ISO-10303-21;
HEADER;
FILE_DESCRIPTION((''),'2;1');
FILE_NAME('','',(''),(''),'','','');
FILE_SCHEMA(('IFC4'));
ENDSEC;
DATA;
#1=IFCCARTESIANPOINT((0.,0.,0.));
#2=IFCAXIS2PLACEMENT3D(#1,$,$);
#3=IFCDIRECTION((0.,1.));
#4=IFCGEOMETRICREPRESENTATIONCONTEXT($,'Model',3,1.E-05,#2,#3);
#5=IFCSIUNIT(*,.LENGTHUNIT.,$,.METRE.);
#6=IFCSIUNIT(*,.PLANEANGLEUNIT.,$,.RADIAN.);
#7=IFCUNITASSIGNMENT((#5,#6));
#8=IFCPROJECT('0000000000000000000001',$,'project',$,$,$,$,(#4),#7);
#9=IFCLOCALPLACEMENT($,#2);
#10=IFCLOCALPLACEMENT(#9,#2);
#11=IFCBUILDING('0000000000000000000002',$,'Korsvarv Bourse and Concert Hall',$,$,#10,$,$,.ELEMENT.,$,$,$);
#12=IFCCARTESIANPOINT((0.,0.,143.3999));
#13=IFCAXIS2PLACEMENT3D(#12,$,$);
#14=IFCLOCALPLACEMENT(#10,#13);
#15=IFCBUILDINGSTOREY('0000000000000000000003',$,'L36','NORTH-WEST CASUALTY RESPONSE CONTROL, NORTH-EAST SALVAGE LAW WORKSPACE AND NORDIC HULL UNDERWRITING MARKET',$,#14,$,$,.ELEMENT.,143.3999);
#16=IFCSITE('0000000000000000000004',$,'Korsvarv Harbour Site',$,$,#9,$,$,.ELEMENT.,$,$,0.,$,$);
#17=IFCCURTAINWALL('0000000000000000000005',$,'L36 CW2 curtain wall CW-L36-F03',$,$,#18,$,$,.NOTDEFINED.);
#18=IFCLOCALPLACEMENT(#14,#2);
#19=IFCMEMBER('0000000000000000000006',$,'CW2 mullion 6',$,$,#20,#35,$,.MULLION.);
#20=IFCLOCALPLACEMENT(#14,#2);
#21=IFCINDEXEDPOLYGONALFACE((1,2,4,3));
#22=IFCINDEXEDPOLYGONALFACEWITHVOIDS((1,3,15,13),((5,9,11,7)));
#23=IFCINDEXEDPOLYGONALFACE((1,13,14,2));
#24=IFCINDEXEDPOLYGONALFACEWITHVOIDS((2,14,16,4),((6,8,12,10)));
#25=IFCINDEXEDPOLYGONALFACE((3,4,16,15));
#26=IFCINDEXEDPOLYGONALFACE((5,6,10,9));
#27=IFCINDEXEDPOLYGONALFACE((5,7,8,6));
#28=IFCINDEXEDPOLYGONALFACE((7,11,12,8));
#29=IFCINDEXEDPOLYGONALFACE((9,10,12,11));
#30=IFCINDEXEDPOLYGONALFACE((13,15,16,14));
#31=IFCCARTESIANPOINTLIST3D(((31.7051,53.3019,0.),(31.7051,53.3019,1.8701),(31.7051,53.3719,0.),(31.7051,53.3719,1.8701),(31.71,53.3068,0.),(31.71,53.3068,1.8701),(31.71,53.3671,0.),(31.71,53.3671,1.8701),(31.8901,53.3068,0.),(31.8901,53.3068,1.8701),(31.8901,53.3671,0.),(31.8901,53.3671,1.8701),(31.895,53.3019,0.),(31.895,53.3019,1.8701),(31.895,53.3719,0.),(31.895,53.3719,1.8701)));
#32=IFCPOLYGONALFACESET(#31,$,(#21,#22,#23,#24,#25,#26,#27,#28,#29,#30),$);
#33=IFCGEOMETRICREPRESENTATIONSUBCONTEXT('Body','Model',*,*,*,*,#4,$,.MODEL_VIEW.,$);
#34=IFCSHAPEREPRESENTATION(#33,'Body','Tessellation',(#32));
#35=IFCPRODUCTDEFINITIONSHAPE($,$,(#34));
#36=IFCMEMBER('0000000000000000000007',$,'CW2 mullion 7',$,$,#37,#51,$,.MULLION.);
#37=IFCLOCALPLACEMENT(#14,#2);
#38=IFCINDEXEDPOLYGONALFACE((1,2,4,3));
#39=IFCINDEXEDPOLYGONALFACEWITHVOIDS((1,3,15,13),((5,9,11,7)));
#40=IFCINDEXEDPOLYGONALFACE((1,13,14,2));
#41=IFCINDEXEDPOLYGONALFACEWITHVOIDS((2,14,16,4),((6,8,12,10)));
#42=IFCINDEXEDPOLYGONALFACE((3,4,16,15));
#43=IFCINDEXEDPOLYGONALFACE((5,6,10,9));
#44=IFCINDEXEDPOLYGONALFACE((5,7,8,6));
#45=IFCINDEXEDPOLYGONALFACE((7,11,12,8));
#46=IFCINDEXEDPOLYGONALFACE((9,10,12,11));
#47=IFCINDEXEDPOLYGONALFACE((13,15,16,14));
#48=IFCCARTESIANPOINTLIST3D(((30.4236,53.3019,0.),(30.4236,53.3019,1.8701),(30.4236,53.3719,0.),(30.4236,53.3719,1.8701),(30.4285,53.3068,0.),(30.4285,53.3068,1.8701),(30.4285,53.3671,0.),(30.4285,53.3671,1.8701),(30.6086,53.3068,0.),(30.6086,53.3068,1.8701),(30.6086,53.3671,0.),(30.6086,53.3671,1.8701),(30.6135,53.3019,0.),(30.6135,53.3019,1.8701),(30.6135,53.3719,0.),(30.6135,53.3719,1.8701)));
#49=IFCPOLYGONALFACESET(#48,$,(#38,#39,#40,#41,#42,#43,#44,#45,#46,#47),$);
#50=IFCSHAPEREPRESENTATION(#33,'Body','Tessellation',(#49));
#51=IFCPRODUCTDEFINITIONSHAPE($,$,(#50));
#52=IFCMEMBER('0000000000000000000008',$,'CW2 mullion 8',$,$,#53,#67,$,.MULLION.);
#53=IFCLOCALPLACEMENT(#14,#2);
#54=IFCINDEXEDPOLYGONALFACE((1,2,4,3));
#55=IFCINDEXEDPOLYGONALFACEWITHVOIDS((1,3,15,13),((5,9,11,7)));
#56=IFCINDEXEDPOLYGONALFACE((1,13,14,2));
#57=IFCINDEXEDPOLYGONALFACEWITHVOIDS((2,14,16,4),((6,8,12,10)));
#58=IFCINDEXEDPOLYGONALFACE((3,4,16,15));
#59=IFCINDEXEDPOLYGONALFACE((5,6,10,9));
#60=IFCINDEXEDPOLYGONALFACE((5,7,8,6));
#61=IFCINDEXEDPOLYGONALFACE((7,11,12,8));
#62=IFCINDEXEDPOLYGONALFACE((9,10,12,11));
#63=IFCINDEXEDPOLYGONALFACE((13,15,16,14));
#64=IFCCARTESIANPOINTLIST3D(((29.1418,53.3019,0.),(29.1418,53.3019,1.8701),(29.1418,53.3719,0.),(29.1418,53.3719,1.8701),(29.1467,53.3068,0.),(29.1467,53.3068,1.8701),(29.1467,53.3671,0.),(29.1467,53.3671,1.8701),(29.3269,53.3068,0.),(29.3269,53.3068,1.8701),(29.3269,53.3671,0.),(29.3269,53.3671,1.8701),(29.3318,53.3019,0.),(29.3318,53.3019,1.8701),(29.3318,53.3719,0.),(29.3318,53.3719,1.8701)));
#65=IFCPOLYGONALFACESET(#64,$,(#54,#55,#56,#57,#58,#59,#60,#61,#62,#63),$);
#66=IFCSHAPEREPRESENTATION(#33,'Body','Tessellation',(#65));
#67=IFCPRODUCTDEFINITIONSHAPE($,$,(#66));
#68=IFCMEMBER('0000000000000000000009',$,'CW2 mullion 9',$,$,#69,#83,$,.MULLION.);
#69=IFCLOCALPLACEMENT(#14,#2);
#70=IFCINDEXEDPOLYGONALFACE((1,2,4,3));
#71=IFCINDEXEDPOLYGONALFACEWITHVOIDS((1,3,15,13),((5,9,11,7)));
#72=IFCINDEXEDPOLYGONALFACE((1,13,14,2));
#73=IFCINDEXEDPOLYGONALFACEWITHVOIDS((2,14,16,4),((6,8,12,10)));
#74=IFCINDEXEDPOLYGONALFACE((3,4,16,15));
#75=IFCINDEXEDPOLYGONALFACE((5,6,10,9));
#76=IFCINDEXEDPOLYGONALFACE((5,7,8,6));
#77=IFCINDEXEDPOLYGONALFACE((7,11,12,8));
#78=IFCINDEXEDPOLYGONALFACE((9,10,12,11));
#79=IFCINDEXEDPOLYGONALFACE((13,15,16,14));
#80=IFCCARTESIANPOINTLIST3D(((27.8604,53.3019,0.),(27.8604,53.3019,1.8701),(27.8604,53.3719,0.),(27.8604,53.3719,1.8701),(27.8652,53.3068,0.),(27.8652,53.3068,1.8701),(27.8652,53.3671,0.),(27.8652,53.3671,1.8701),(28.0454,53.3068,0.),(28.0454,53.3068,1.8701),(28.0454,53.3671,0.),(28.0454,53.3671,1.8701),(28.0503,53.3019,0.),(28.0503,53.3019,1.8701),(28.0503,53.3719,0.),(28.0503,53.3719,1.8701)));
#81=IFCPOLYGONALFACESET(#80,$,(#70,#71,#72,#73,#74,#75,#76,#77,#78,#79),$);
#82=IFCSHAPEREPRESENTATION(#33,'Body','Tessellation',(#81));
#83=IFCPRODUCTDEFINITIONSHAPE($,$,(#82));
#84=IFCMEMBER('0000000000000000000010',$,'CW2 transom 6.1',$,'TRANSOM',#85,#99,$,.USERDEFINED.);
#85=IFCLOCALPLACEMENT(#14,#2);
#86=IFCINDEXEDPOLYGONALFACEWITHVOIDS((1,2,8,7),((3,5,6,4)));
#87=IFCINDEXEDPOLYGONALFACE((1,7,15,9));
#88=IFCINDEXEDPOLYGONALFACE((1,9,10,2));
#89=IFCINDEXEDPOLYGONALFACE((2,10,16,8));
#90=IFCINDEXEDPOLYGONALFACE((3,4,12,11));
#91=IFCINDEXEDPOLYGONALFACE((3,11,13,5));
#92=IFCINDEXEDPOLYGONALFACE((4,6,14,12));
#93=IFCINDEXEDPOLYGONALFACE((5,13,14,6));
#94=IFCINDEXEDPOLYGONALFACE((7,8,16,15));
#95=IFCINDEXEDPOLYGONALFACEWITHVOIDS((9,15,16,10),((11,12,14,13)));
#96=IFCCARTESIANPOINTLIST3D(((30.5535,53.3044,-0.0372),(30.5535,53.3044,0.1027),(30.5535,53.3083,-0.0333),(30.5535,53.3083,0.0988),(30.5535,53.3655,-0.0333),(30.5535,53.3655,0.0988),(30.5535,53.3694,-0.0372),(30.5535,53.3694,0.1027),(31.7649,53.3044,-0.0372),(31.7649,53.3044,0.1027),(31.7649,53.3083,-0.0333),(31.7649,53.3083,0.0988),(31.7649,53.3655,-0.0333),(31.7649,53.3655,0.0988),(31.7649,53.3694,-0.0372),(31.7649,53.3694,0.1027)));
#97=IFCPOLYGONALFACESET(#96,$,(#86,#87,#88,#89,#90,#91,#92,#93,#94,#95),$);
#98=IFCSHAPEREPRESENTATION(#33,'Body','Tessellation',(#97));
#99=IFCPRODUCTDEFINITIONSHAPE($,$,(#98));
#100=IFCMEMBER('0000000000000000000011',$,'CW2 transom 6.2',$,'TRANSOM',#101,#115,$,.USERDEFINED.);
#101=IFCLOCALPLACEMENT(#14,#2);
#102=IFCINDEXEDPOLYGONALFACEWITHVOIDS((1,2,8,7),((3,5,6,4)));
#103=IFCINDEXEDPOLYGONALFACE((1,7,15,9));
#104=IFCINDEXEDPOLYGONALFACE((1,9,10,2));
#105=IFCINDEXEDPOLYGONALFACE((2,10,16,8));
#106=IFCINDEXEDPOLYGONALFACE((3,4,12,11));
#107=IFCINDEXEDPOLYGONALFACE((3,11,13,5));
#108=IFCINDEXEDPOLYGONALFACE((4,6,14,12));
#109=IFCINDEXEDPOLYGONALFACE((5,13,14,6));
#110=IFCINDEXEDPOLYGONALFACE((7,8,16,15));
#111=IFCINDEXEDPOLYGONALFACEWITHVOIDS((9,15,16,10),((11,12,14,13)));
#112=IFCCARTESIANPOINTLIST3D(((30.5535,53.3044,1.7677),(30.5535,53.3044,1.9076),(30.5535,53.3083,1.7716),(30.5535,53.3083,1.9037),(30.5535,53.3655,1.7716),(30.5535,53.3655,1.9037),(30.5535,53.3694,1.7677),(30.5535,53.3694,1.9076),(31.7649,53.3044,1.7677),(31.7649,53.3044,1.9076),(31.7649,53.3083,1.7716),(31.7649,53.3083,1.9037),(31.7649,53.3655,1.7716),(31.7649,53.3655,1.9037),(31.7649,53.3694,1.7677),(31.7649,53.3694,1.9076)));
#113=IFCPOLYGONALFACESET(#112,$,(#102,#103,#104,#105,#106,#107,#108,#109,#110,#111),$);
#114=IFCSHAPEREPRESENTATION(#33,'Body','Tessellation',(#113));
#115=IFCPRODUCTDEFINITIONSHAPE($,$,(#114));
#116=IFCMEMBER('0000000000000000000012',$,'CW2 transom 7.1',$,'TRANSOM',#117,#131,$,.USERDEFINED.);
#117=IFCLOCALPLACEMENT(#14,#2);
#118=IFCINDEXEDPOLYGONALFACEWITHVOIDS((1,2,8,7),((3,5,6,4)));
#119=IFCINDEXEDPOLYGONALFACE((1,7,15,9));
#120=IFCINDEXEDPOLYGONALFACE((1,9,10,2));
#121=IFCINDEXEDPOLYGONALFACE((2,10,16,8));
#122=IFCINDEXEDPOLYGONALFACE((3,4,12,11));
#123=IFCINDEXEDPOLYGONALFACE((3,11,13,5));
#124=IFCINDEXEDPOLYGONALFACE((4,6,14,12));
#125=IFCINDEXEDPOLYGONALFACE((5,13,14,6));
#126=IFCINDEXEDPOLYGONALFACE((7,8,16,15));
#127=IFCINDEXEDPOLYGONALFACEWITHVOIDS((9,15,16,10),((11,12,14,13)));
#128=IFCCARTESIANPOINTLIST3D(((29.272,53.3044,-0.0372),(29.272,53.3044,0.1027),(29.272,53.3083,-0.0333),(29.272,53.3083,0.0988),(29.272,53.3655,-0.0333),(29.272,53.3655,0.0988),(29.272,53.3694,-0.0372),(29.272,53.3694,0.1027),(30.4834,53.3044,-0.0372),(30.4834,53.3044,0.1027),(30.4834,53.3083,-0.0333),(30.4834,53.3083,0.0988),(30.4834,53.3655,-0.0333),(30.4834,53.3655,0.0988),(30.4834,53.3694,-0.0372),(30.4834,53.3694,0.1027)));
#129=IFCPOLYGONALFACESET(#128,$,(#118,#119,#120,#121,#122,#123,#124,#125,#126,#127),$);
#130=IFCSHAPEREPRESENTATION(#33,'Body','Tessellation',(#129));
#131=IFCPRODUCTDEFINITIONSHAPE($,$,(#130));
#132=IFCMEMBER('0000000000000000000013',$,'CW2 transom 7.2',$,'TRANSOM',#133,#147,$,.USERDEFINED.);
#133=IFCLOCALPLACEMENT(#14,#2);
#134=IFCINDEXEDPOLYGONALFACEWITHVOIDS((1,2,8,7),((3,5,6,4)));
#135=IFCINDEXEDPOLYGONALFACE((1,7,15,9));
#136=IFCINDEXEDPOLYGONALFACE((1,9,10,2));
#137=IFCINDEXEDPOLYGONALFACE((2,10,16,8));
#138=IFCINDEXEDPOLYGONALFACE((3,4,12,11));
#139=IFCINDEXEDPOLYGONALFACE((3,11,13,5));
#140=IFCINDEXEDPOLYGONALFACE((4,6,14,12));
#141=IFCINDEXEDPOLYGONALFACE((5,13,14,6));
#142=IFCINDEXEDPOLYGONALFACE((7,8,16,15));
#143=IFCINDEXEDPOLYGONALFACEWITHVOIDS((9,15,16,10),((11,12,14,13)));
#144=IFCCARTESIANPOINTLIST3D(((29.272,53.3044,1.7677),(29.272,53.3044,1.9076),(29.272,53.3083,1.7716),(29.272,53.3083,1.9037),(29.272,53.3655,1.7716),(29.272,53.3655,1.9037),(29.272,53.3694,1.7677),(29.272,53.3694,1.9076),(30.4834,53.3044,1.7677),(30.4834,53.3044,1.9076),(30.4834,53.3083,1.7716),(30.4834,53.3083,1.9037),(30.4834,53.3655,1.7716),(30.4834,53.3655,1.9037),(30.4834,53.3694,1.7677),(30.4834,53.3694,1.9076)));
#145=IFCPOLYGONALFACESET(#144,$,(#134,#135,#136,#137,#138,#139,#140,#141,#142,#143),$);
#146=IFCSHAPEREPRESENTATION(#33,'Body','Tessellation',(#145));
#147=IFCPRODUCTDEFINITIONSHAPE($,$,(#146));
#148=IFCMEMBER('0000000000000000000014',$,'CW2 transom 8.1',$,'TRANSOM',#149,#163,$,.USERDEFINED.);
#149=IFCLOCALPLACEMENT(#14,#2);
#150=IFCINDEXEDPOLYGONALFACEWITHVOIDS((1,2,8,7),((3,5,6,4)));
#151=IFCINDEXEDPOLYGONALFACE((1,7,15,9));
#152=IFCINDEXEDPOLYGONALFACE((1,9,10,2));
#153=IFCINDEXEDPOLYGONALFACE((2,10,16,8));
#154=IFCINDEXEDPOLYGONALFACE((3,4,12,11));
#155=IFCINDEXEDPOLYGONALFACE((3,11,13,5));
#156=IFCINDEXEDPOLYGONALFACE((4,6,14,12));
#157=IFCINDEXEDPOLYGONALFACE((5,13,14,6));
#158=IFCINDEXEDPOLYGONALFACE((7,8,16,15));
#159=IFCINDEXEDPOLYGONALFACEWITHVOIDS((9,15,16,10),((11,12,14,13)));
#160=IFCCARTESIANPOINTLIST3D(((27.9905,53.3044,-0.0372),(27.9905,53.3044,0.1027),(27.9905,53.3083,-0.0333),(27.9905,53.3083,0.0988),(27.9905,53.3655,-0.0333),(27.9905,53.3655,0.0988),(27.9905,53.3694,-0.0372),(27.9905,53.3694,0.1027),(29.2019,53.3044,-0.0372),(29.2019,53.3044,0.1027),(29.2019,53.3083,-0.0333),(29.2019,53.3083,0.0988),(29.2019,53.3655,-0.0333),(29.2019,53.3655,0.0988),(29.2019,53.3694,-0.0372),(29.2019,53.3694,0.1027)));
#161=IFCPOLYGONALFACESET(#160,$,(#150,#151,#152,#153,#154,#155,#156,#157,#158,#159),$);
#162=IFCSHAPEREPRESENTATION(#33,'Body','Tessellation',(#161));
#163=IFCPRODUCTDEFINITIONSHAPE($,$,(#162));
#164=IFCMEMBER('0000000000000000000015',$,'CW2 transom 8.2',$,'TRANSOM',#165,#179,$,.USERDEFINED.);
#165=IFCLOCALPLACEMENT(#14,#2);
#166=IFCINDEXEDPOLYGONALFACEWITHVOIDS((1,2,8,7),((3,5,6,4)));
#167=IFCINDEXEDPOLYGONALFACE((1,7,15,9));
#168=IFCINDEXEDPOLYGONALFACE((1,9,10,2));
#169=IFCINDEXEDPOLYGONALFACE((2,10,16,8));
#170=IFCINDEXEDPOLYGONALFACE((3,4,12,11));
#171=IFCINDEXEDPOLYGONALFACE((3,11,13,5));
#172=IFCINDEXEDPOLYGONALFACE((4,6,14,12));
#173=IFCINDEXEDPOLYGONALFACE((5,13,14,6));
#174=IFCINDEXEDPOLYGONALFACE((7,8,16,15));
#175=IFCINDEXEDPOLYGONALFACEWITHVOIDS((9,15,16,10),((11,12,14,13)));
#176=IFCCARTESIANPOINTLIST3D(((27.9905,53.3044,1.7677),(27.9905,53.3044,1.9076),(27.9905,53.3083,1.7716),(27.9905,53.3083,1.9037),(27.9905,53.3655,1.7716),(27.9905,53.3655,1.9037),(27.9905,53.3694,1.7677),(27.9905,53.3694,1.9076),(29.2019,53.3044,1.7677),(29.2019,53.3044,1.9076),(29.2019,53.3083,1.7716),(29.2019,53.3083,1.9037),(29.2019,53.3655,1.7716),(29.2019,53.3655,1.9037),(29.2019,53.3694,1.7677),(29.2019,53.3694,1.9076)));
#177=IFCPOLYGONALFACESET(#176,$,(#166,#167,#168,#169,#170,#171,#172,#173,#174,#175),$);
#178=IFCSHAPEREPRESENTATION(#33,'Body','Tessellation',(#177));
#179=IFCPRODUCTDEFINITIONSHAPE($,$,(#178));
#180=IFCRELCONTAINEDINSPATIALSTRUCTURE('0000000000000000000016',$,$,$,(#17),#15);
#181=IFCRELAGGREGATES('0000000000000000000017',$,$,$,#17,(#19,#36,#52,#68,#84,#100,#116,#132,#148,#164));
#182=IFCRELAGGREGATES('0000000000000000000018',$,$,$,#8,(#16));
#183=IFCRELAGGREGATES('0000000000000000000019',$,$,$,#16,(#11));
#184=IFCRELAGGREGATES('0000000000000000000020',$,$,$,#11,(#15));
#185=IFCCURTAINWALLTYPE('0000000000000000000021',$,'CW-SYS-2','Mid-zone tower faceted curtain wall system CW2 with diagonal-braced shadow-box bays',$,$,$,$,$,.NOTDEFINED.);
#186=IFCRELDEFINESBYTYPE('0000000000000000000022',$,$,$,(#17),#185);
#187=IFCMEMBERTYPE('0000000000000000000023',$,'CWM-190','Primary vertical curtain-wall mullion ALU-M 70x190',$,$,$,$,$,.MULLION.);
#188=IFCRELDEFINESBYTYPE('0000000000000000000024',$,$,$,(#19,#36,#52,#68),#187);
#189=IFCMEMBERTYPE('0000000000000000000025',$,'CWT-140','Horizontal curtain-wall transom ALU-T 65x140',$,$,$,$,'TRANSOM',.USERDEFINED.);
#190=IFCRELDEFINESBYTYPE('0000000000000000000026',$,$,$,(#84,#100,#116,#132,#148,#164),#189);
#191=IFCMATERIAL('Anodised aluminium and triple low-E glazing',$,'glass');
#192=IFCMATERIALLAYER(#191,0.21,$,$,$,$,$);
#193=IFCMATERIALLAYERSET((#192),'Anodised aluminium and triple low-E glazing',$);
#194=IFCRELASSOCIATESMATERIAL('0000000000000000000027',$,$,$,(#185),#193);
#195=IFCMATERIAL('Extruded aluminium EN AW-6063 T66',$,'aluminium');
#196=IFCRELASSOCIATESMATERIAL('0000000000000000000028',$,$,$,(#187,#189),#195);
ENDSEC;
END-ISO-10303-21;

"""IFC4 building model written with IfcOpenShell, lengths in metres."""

from ifc_helpers import new_model, si_unit, direction, frame, origin, origin_2d, place, context, subcontext, project, spatial, hollow_rectangle, extrude, source, transform, mapped, material, layer, layer_set, material_profile, profile_set, type_object, element, aggregate, save


model = new_model("IFC4")

# Units and contexts
model_context = context("Model", 3, precision=1e-05, world=origin(), true_north=direction((0.0, 1.0)))
body_context = subcontext(model_context, "Body", "Model", "MODEL_VIEW")
ifc_project = project(units=[si_unit("LENGTHUNIT", "METRE"), si_unit("PLANEANGLEUNIT", "RADIAN")], contexts=[model_context])

# Site, building, storey
site_placement = place(None, origin())
site = spatial("IfcSite", under=ifc_project, at=site_placement, Name="Korsvarv Harbour Site", CompositionType="ELEMENT", RefElevation=0.0)
building_placement = place(site_placement, origin())
building = spatial("IfcBuilding", under=site, at=building_placement, Name="Korsvarv Bourse and Concert Hall", CompositionType="ELEMENT")
storey_placement = place(building_placement, frame((0.0, 0.0, 143.3999)))
storey = spatial("IfcBuildingStorey", under=building, at=storey_placement, Name="L36", Description="NORTH-WEST CASUALTY RESPONSE CONTROL, NORTH-EAST SALVAGE LAW WORKSPACE AND NORDIC HULL UNDERWRITING MARKET", CompositionType="ELEMENT", Elevation=143.3999)

# Curtain wall, members
ifc_material_1 = material(Name="Anodised aluminium and triple low-E glazing", Category="glass")
ifc_layer_1 = layer(ifc_material_1, 0.21)
ifc_layer_set_1 = layer_set([ifc_layer_1], Name="Anodised aluminium and triple low-E glazing")
curtain_wall_type = type_object("IfcCurtainWallType", Name="CW-SYS-2", Description="Mid-zone tower faceted curtain wall system CW2 with diagonal-braced shadow-box bays", PredefinedType="NOTDEFINED", material=ifc_layer_set_1)
curtain_wall_placement = place(storey_placement, origin())
curtain_wall = element("IfcCurtainWall", 1, at=curtain_wall_placement, inside=storey, type_object=curtain_wall_type, Name="L36 CW2 curtain wall CW-L36-F03", PredefinedType="NOTDEFINED")
ifc_material_2 = material(Name="Extruded aluminium EN AW-6063 T66", Category="aluminium")
ifc_material_profile_1 = material_profile(ifc_material_2, hollow_rectangle(XDim=0.0701, YDim=0.1899, WallThickness=0.0049, at=origin_2d()), Name="ALU-M 70x190")
ifc_profile_set_1 = profile_set([ifc_material_profile_1], Name="Extruded aluminium EN AW-6063 T66")
member_type_1 = type_object("IfcMemberType", Name="CWM-190", Description="Primary vertical curtain-wall mullion ALU-M 70x190", PredefinedType="MULLION", material=ifc_profile_set_1)
shared_shape_1 = source(origin(), body_context, "Body", "SweptSolid", [
    extrude(hollow_rectangle(XDim=0.0701, YDim=0.1899, WallThickness=0.0049, at=origin_2d()), origin(), (0.0, 0.0, 1.0), 1.8701),
])
member_1_placement = place(storey_placement, frame((31.8, 53.3369, 0.0), z_axis=(0.0, 0.0, 1.0), x_axis=(0.0, -1.0, 0.0)))
member_1 = element("IfcMember", 2, at=member_1_placement, type_object=member_type_1, Name="CW2 mullion 6", PredefinedType="MULLION", context=body_context, shape_type="MappedRepresentation", body=[
    mapped(shared_shape_1, transform((0.0, 0.0, 0.0), scale=1.0)),
])
member_2_placement = place(storey_placement, frame((30.5186, 53.3369, 0.0), z_axis=(0.0, 0.0, 1.0), x_axis=(0.0, -1.0, 0.0)))
member_2 = element("IfcMember", 3, at=member_2_placement, type_object=member_type_1, Name="CW2 mullion 7", PredefinedType="MULLION", context=body_context, shape_type="MappedRepresentation", body=[
    mapped(shared_shape_1, transform((0.0, 0.0, 0.0), scale=1.0)),
])
member_3_placement = place(storey_placement, frame((29.2368, 53.3369, 0.0), z_axis=(0.0, 0.0, 1.0), x_axis=(0.0, -1.0, 0.0)))
member_3 = element("IfcMember", 4, at=member_3_placement, type_object=member_type_1, Name="CW2 mullion 8", PredefinedType="MULLION", context=body_context, shape_type="MappedRepresentation", body=[
    mapped(shared_shape_1, transform((0.0, 0.0, 0.0), scale=1.0)),
])
member_4_placement = place(storey_placement, frame((27.9553, 53.3369, 0.0), z_axis=(0.0, 0.0, 1.0), x_axis=(0.0, -1.0, 0.0)))
member_4 = element("IfcMember", 5, at=member_4_placement, type_object=member_type_1, Name="CW2 mullion 9", PredefinedType="MULLION", context=body_context, shape_type="MappedRepresentation", body=[
    mapped(shared_shape_1, transform((0.0, 0.0, 0.0), scale=1.0)),
])
ifc_material_profile_2 = material_profile(ifc_material_2, hollow_rectangle(XDim=0.0649, YDim=0.1399, WallThickness=0.0039, at=origin_2d()), Name="ALU-T 65x140")
ifc_profile_set_2 = profile_set([ifc_material_profile_2], Name="Extruded aluminium EN AW-6063 T66")
member_type_2 = type_object("IfcMemberType", Name="CWT-140", Description="Horizontal curtain-wall transom ALU-T 65x140", ElementType="TRANSOM", PredefinedType="USERDEFINED", material=ifc_profile_set_2)
shared_shape_2 = source(origin(), body_context, "Body", "SweptSolid", [
    extrude(hollow_rectangle(XDim=0.0649, YDim=0.1399, WallThickness=0.0039, at=origin_2d()), origin(), (0.0, 0.0, 1.0), 1.2114),
])
member_5_placement = place(storey_placement, frame((31.7649, 53.3369, 0.0327), z_axis=(-1.0, 0.0, 0.0), x_axis=(0.0, -1.0, 0.0)))
member_5 = element("IfcMember", 6, at=member_5_placement, type_object=member_type_2, Name="CW2 transom 6.1", ObjectType="TRANSOM", PredefinedType="USERDEFINED", context=body_context, shape_type="MappedRepresentation", body=[
    mapped(shared_shape_2, transform((0.0, 0.0, 0.0), scale=1.0)),
])
member_6_placement = place(storey_placement, frame((31.7649, 53.3369, 1.8376), z_axis=(-1.0, 0.0, 0.0), x_axis=(0.0, -1.0, 0.0)))
member_6 = element("IfcMember", 7, at=member_6_placement, type_object=member_type_2, Name="CW2 transom 6.2", ObjectType="TRANSOM", PredefinedType="USERDEFINED", context=body_context, shape_type="MappedRepresentation", body=[
    mapped(shared_shape_2, transform((0.0, 0.0, 0.0), scale=1.0)),
])
member_7_placement = place(storey_placement, frame((30.4834, 53.3369, 0.0327), z_axis=(-1.0, 0.0, 0.0), x_axis=(0.0, -1.0, 0.0)))
member_7 = element("IfcMember", 8, at=member_7_placement, type_object=member_type_2, Name="CW2 transom 7.1", ObjectType="TRANSOM", PredefinedType="USERDEFINED", context=body_context, shape_type="MappedRepresentation", body=[
    mapped(shared_shape_2, transform((0.0, 0.0, 0.0), scale=1.0)),
])
member_8_placement = place(storey_placement, frame((30.4834, 53.3369, 1.8376), z_axis=(-1.0, 0.0, 0.0), x_axis=(0.0, -1.0, 0.0)))
member_8 = element("IfcMember", 9, at=member_8_placement, type_object=member_type_2, Name="CW2 transom 7.2", ObjectType="TRANSOM", PredefinedType="USERDEFINED", context=body_context, shape_type="MappedRepresentation", body=[
    mapped(shared_shape_2, transform((0.0, 0.0, 0.0), scale=1.0)),
])
member_9_placement = place(storey_placement, frame((29.2019, 53.3369, 0.0327), z_axis=(-1.0, 0.0, 0.0), x_axis=(0.0, -1.0, 0.0)))
member_9 = element("IfcMember", 10, at=member_9_placement, type_object=member_type_2, Name="CW2 transom 8.1", ObjectType="TRANSOM", PredefinedType="USERDEFINED", context=body_context, shape_type="MappedRepresentation", body=[
    mapped(shared_shape_2, transform((0.0, 0.0, 0.0), scale=1.0)),
])
member_10_placement = place(storey_placement, frame((29.2019, 53.3369, 1.8376), z_axis=(-1.0, 0.0, 0.0), x_axis=(0.0, -1.0, 0.0)))
member_10 = element("IfcMember", 11, at=member_10_placement, type_object=member_type_2, Name="CW2 transom 8.2", ObjectType="TRANSOM", PredefinedType="USERDEFINED", context=body_context, shape_type="MappedRepresentation", body=[
    mapped(shared_shape_2, transform((0.0, 0.0, 0.0), scale=1.0)),
])
aggregate(curtain_wall, [member_1, member_2, member_3, member_4, member_5, member_6, member_7, member_8, member_9, member_10])

save(model, "model.ifc")
